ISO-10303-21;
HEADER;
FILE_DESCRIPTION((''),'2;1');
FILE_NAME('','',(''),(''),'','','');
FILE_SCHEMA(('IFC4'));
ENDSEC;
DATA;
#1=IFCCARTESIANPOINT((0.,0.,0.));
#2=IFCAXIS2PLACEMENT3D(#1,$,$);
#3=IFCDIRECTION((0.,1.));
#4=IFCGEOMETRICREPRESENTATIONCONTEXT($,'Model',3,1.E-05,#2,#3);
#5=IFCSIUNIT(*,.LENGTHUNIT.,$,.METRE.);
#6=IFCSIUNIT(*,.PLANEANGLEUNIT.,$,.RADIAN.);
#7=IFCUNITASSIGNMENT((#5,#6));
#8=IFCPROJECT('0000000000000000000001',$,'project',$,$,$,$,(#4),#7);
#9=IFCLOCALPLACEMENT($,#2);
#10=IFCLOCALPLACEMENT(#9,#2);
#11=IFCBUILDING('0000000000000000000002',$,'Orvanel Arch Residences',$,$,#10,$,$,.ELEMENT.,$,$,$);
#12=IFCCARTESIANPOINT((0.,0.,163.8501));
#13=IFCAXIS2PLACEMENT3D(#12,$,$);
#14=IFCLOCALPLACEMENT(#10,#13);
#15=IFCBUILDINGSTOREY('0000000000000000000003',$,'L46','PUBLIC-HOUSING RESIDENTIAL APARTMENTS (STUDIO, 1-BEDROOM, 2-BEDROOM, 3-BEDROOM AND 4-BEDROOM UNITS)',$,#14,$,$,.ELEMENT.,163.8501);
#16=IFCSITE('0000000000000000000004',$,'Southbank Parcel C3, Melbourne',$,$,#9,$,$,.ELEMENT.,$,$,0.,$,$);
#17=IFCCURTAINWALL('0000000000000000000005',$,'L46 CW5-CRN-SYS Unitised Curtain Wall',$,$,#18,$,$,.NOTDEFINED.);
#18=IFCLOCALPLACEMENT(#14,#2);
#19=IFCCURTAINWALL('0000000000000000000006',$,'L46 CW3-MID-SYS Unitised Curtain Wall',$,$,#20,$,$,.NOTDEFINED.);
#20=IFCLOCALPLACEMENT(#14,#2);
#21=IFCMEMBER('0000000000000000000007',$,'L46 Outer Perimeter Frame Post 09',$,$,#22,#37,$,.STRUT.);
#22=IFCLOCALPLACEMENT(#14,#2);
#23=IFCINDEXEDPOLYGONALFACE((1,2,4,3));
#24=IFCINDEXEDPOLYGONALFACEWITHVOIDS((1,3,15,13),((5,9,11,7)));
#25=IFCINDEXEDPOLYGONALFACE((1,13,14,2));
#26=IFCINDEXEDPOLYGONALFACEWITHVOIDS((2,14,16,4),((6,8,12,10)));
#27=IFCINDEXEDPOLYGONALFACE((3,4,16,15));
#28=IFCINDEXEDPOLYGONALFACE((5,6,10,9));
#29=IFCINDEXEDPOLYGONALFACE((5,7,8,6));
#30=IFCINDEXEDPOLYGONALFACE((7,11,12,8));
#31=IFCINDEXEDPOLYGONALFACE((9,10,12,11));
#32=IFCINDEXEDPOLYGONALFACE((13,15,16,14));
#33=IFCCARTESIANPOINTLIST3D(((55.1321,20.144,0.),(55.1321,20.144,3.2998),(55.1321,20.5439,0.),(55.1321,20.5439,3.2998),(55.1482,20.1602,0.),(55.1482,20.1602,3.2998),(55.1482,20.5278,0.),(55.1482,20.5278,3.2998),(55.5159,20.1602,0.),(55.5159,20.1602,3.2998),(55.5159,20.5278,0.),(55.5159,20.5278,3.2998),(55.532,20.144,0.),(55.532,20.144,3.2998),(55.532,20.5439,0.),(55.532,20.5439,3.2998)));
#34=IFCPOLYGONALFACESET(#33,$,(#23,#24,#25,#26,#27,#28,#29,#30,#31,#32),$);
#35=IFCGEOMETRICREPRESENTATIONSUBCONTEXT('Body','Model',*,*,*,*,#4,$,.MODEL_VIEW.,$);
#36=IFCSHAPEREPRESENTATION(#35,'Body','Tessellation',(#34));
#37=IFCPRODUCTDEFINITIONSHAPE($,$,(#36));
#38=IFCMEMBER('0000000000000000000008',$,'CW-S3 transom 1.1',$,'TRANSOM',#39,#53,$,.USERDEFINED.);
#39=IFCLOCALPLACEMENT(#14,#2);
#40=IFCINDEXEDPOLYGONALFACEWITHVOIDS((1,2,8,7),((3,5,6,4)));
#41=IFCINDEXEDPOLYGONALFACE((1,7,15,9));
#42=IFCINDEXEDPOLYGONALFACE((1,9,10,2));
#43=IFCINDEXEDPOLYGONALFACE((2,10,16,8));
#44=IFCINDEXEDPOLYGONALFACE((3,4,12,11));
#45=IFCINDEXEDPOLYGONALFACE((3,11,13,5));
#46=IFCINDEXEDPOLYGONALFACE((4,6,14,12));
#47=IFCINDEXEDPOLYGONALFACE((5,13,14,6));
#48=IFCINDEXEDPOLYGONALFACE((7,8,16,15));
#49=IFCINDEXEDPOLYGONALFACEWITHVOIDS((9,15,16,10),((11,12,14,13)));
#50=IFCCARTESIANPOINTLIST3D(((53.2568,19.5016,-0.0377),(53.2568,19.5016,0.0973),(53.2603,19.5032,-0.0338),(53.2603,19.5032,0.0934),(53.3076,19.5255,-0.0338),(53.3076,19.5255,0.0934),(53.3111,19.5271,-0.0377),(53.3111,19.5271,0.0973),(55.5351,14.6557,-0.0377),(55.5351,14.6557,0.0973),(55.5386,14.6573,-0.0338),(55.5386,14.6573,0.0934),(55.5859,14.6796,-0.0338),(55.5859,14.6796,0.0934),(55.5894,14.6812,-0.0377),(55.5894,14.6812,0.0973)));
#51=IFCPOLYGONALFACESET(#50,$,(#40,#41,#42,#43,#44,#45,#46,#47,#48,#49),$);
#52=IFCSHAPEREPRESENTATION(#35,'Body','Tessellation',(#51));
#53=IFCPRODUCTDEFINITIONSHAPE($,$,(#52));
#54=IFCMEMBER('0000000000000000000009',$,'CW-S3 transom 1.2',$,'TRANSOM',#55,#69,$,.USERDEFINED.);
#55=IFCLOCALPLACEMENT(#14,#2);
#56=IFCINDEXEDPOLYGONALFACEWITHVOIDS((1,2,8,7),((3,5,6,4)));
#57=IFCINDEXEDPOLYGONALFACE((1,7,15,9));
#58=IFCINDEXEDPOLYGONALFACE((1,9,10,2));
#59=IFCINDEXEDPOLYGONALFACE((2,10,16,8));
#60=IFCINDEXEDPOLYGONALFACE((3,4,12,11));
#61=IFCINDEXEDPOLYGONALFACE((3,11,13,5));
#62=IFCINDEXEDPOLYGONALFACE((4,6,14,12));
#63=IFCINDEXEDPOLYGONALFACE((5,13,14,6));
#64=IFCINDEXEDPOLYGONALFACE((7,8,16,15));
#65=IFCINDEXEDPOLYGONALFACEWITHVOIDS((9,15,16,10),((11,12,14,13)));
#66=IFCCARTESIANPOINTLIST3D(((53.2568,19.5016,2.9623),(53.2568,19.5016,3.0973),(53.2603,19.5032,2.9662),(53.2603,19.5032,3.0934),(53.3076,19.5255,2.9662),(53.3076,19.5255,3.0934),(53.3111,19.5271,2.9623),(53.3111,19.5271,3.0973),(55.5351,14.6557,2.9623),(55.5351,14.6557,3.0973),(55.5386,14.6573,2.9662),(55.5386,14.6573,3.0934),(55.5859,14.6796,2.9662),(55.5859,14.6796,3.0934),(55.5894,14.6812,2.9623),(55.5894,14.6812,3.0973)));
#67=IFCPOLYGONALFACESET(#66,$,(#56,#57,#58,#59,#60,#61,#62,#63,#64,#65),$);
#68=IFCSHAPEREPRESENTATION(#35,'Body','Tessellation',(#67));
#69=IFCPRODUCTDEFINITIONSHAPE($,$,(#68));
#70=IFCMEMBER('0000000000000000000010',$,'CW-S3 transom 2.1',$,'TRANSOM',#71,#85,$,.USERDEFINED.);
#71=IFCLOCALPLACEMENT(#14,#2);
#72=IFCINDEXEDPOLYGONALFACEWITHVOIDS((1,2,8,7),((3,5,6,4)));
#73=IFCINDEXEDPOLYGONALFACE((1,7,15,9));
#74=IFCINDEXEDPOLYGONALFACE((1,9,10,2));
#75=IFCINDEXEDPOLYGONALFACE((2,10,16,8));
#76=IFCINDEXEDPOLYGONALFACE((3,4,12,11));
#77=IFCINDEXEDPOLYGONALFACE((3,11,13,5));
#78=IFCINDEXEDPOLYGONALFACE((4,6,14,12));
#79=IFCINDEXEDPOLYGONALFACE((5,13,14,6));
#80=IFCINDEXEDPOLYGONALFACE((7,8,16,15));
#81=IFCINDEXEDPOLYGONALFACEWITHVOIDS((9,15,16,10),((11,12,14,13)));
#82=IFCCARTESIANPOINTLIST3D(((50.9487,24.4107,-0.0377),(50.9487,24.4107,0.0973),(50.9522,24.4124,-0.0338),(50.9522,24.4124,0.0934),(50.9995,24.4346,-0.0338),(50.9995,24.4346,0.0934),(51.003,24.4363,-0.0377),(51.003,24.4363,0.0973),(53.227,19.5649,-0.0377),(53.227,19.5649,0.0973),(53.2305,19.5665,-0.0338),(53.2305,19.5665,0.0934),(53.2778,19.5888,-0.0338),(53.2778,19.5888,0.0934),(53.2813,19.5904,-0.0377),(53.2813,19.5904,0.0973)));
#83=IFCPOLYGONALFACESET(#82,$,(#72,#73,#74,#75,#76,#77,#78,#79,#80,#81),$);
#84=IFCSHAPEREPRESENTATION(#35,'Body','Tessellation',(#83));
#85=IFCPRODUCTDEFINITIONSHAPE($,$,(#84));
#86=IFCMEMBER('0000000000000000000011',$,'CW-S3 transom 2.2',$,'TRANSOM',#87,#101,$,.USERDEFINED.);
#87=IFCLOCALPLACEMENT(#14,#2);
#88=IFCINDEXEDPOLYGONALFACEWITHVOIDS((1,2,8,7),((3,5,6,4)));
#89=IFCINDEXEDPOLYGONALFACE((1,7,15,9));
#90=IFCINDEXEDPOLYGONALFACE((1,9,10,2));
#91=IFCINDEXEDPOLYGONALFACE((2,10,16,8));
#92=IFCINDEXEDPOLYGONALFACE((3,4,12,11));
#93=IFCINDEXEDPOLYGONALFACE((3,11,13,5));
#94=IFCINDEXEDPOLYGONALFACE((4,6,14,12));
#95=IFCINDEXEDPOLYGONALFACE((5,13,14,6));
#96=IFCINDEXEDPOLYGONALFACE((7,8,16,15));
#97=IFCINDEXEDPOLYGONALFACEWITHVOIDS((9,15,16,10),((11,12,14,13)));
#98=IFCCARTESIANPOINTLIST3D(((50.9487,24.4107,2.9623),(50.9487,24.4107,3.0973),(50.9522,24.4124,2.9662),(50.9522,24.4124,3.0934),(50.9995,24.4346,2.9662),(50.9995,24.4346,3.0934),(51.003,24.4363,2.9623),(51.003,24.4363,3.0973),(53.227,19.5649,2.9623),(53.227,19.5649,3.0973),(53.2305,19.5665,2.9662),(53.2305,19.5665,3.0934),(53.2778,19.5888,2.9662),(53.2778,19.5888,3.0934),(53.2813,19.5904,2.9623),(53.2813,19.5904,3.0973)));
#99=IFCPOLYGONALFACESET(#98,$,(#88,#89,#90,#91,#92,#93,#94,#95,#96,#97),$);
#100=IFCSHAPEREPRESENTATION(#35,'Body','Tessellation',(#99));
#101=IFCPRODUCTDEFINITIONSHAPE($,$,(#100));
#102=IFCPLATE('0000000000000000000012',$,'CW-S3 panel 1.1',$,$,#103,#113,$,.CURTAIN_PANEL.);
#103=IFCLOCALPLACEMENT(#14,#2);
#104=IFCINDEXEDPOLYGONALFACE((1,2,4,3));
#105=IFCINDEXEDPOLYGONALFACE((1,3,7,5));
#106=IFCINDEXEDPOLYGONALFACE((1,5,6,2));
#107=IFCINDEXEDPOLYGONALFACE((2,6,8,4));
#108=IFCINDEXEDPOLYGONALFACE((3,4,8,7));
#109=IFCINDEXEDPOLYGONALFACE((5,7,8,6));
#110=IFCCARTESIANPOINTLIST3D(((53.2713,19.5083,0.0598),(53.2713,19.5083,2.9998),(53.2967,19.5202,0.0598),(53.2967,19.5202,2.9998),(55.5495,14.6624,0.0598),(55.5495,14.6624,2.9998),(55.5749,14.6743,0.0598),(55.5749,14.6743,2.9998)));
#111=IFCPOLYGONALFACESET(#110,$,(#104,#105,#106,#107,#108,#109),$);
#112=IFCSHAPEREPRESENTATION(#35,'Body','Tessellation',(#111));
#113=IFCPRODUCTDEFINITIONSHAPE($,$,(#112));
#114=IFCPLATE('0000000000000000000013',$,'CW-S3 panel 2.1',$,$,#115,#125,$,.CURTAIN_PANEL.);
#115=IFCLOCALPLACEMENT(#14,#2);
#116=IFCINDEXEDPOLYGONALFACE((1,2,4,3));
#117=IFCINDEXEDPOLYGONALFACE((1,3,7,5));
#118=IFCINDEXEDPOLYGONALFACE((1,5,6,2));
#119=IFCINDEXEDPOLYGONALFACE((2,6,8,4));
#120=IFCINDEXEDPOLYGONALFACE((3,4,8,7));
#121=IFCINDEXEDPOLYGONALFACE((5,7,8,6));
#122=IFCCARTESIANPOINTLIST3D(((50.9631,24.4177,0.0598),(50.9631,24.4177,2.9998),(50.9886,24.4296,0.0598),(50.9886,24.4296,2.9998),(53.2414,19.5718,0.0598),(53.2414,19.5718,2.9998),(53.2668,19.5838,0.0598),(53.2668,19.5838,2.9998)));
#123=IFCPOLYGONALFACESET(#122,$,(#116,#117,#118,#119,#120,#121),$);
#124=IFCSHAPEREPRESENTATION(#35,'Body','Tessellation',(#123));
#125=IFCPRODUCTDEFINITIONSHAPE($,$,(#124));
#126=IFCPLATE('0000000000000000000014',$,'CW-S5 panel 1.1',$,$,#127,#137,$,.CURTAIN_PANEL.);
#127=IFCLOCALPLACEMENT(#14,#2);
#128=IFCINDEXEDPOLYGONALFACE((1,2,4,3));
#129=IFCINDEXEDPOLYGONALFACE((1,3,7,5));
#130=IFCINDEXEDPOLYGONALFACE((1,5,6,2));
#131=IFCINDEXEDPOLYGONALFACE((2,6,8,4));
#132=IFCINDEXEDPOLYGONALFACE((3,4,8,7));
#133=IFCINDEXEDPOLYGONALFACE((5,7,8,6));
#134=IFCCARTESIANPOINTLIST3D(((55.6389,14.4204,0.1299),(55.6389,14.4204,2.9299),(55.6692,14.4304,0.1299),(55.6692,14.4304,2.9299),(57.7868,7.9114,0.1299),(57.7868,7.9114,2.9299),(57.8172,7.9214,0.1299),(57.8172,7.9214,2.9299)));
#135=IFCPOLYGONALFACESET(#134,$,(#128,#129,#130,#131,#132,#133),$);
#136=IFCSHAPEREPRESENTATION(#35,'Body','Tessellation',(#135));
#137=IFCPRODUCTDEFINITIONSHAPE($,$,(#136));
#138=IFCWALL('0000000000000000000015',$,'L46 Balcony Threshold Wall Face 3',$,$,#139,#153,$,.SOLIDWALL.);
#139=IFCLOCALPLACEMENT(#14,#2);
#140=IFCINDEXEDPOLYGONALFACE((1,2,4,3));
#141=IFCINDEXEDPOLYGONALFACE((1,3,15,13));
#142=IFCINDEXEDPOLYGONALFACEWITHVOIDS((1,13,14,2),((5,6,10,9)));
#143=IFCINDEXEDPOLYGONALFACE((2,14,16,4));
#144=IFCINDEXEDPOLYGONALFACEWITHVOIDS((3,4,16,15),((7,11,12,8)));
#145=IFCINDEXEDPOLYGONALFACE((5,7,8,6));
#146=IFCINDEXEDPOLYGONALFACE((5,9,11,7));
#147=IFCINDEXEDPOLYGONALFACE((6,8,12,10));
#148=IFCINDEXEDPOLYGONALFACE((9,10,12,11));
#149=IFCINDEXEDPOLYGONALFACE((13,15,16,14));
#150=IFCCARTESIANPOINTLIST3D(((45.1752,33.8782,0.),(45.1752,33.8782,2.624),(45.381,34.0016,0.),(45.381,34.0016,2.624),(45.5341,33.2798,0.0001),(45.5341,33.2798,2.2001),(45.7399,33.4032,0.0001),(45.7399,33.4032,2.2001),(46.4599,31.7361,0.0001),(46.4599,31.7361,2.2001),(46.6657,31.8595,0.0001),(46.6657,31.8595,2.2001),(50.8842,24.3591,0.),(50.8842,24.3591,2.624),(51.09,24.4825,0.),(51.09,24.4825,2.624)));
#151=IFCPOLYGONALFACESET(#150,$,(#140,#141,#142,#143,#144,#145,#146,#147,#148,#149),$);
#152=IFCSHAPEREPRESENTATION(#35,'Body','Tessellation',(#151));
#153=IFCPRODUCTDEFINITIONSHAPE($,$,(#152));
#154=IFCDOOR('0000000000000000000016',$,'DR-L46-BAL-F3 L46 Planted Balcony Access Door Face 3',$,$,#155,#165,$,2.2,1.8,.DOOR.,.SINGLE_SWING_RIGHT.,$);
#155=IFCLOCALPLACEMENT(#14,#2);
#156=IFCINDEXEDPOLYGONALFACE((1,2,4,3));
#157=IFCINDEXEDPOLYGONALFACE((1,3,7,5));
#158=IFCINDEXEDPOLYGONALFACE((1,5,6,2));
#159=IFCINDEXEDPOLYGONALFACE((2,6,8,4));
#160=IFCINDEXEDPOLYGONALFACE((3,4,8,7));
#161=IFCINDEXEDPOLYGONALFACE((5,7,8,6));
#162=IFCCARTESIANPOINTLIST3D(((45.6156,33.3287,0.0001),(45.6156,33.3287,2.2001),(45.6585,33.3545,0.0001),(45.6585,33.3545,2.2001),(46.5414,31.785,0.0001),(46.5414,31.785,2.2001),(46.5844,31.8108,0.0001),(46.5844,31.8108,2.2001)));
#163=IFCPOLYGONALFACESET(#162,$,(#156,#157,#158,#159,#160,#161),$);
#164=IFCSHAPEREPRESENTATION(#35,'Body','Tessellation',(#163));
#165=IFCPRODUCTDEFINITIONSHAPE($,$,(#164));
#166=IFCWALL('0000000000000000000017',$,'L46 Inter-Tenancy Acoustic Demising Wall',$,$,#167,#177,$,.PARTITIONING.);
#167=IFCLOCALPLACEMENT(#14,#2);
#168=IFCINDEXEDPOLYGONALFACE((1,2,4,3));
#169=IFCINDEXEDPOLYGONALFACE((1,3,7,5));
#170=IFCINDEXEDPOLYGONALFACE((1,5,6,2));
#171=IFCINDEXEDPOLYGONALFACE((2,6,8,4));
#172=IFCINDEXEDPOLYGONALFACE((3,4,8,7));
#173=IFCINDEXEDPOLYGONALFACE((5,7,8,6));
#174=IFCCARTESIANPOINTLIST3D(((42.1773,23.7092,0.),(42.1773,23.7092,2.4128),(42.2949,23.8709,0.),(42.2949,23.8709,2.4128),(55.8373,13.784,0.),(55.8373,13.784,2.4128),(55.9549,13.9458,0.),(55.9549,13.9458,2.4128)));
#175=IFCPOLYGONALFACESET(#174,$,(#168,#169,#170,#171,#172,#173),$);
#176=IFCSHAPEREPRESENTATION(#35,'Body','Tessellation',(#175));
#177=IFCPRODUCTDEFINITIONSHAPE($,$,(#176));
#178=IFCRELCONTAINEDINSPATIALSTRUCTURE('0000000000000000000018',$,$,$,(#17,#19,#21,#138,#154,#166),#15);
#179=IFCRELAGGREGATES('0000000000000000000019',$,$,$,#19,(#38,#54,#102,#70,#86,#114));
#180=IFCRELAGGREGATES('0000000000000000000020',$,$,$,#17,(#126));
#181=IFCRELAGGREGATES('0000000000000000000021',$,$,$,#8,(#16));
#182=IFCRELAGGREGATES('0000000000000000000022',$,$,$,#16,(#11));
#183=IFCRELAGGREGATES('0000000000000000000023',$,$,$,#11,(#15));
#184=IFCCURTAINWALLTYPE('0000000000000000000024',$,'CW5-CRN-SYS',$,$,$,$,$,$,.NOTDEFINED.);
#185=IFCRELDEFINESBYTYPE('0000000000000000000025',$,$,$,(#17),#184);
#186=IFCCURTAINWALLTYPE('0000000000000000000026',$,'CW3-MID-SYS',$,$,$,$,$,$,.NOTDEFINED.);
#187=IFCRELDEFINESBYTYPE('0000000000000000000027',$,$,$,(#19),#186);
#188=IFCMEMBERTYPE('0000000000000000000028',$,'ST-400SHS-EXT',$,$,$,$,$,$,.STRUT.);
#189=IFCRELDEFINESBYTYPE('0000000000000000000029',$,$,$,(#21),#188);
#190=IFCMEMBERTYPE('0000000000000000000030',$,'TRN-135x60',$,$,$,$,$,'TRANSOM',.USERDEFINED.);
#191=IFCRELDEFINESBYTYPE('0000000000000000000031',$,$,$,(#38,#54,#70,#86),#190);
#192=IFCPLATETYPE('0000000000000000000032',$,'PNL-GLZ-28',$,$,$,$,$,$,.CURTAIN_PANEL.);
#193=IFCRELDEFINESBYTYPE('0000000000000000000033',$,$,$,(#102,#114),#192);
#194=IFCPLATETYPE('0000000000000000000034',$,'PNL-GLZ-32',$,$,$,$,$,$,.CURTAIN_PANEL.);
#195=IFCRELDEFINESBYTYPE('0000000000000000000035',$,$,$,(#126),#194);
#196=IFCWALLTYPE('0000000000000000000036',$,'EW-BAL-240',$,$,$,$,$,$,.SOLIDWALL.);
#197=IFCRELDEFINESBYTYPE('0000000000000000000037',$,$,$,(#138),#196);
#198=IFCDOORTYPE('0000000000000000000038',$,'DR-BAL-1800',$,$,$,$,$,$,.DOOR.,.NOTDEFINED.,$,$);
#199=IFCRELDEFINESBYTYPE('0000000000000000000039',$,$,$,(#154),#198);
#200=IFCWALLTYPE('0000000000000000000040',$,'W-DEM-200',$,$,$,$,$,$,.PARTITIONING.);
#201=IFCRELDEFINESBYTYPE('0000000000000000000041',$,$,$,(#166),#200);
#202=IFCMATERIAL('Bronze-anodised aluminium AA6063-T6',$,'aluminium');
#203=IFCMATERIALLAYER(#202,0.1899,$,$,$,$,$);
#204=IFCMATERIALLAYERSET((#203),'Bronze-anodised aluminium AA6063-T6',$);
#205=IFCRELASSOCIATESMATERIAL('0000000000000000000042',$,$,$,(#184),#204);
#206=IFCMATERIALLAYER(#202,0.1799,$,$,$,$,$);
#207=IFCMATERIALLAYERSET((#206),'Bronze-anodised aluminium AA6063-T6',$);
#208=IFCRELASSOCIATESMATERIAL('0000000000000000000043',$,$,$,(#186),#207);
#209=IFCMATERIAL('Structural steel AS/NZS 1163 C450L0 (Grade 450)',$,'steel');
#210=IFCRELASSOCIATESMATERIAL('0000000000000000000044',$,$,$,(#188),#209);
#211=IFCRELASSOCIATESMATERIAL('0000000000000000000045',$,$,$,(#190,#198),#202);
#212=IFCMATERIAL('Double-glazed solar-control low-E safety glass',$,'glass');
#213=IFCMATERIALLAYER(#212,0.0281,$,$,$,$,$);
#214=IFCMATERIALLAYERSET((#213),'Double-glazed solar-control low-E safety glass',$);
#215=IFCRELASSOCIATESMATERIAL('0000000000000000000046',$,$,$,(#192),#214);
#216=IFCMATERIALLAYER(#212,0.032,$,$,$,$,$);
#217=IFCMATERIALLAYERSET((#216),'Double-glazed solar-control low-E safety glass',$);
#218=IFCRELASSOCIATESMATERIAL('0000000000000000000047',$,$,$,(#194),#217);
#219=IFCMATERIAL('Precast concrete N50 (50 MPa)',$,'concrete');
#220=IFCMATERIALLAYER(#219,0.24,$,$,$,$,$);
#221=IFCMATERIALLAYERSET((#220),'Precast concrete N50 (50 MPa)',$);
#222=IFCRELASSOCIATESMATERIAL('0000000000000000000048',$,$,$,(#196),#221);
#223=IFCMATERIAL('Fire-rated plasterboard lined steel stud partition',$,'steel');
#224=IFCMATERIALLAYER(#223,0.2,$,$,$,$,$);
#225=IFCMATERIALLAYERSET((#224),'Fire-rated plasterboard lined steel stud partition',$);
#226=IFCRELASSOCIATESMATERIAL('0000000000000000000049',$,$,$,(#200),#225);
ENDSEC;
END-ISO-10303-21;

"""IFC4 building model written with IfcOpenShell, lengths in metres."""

from ifc_helpers import new_model, si_unit, direction, frame, frame_2d, origin, origin_2d, place, context, subcontext, project, spatial, rectangle, hollow_rectangle, extrude, material, layer, layer_set, material_profile, profile_set, type_object, element, fill, aggregate, save


model = new_model("IFC4")

# Units and contexts
model_context = context("Model", 3, precision=1e-05, world=origin(), true_north=direction((0.0, 1.0)))
body_context = subcontext(model_context, "Body", "Model", "MODEL_VIEW")
ifc_project = project(units=[si_unit("LENGTHUNIT", "METRE"), si_unit("PLANEANGLEUNIT", "RADIAN")], contexts=[model_context])

# Site, building, storey
site_placement = place(None, origin())
site = spatial("IfcSite", under=ifc_project, at=site_placement, Name="Southbank Parcel C3, Melbourne", CompositionType="ELEMENT", RefElevation=0.0)
building_placement = place(site_placement, origin())
building = spatial("IfcBuilding", under=site, at=building_placement, Name="Orvanel Arch Residences", CompositionType="ELEMENT")
storey_placement = place(building_placement, frame((0.0, 0.0, 163.8501)))
storey = spatial("IfcBuildingStorey", under=building, at=storey_placement, Name="L46", Description="PUBLIC-HOUSING RESIDENTIAL APARTMENTS (STUDIO, 1-BEDROOM, 2-BEDROOM, 3-BEDROOM AND 4-BEDROOM UNITS)", CompositionType="ELEMENT", Elevation=163.8501)

# Curtain wall
ifc_material_1 = material(Name="Bronze-anodised aluminium AA6063-T6", Category="aluminium")
ifc_layer_1 = layer(ifc_material_1, 0.1899)
ifc_layer_set_1 = layer_set([ifc_layer_1], Name="Bronze-anodised aluminium AA6063-T6")
curtain_wall_type_1 = type_object("IfcCurtainWallType", Name="CW5-CRN-SYS", PredefinedType="NOTDEFINED", material=ifc_layer_set_1)
curtain_wall_1_placement = place(storey_placement, origin())
curtain_wall_1 = element("IfcCurtainWall", 1, at=curtain_wall_1_placement, inside=storey, type_object=curtain_wall_type_1, Name="L46 CW5-CRN-SYS Unitised Curtain Wall", PredefinedType="NOTDEFINED")

# Curtain wall
ifc_layer_2 = layer(ifc_material_1, 0.1799)
ifc_layer_set_2 = layer_set([ifc_layer_2], Name="Bronze-anodised aluminium AA6063-T6")
curtain_wall_type_2 = type_object("IfcCurtainWallType", Name="CW3-MID-SYS", PredefinedType="NOTDEFINED", material=ifc_layer_set_2)
curtain_wall_2_placement = place(storey_placement, origin())
curtain_wall_2 = element("IfcCurtainWall", 2, at=curtain_wall_2_placement, inside=storey, type_object=curtain_wall_type_2, Name="L46 CW3-MID-SYS Unitised Curtain Wall", PredefinedType="NOTDEFINED")

# Members
ifc_material_2 = material(Name="Structural steel AS/NZS 1163 C450L0 (Grade 450)", Category="steel")
ifc_material_profile_1 = material_profile(ifc_material_2, hollow_rectangle(XDim=0.3999, YDim=0.3999, WallThickness=0.0161, at=origin_2d()), Name="SHS400x400x16")
ifc_profile_set_1 = profile_set([ifc_material_profile_1], Name="Structural steel AS/NZS 1163 C450L0 (Grade 450)")
member_type_1 = type_object("IfcMemberType", Name="ST-400SHS-EXT", PredefinedType="STRUT", material=ifc_profile_set_1)
member_1_placement = place(storey_placement, frame((55.332, 20.344, 0.0), z_axis=(0.0, 0.0, 1.0), x_axis=(1.0, 0.0, 0.0)))
element("IfcMember", 3, at=member_1_placement, inside=storey, type_object=member_type_1, Name="L46 Outer Perimeter Frame Post 09", PredefinedType="STRUT", context=body_context, shape_type="SweptSolid", body=[
    extrude(hollow_rectangle(XDim=0.3999, YDim=0.3999, WallThickness=0.0161, at=origin_2d()), origin(), (0.0, 0.0, 1.0), 3.2998),
])
ifc_material_profile_2 = material_profile(ifc_material_1, hollow_rectangle(XDim=0.0601, YDim=0.135, WallThickness=0.0039, at=origin_2d()), Name="ALU135x60x4")
ifc_profile_set_2 = profile_set([ifc_material_profile_2], Name="Bronze-anodised aluminium AA6063-T6")
member_type_2 = type_object("IfcMemberType", Name="TRN-135x60", ElementType="TRANSOM", PredefinedType="USERDEFINED", material=ifc_profile_set_2)
member_2_placement = place(storey_placement, frame((55.5623, 14.6685, 0.0298), z_axis=(-0.425472, 0.904972, 0.0), x_axis=(-0.904972, -0.425472, 0.0)))
member_2 = element("IfcMember", 4, at=member_2_placement, type_object=member_type_2, Name="CW-S3 transom 1.1", ObjectType="TRANSOM", PredefinedType="USERDEFINED", context=body_context, shape_type="SweptSolid", body=[
    extrude(hollow_rectangle(XDim=0.0601, YDim=0.135, WallThickness=0.0039, at=origin_2d()), origin(), (0.0, 0.0, 1.0), 5.3547),
])
member_3_placement = place(storey_placement, frame((55.5623, 14.6685, 3.0298), z_axis=(-0.425472, 0.904972, 0.0), x_axis=(-0.904972, -0.425472, 0.0)))
member_3 = element("IfcMember", 5, at=member_3_placement, type_object=member_type_2, Name="CW-S3 transom 1.2", ObjectType="TRANSOM", PredefinedType="USERDEFINED", context=body_context, shape_type="SweptSolid", body=[
    extrude(hollow_rectangle(XDim=0.0601, YDim=0.135, WallThickness=0.0039, at=origin_2d()), origin(), (0.0, 0.0, 1.0), 5.3547),
])
member_4_placement = place(storey_placement, frame((53.2542, 19.5776, 0.0298), z_axis=(-0.425472, 0.904972, 0.0), x_axis=(-0.904972, -0.425472, 0.0)))
member_4 = element("IfcMember", 6, at=member_4_placement, type_object=member_type_2, Name="CW-S3 transom 2.1", ObjectType="TRANSOM", PredefinedType="USERDEFINED", context=body_context, shape_type="SweptSolid", body=[
    extrude(hollow_rectangle(XDim=0.0601, YDim=0.135, WallThickness=0.0039, at=origin_2d()), origin(), (0.0, 0.0, 1.0), 5.3547),
])
member_5_placement = place(storey_placement, frame((53.2542, 19.5776, 3.0298), z_axis=(-0.425472, 0.904972, 0.0), x_axis=(-0.904972, -0.425472, 0.0)))
member_5 = element("IfcMember", 7, at=member_5_placement, type_object=member_type_2, Name="CW-S3 transom 2.2", ObjectType="TRANSOM", PredefinedType="USERDEFINED", context=body_context, shape_type="SweptSolid", body=[
    extrude(hollow_rectangle(XDim=0.0601, YDim=0.135, WallThickness=0.0039, at=origin_2d()), origin(), (0.0, 0.0, 1.0), 5.3547),
])

# Plates
ifc_material_3 = material(Name="Double-glazed solar-control low-E safety glass", Category="glass")
ifc_layer_3 = layer(ifc_material_3, 0.0281)
ifc_layer_set_3 = layer_set([ifc_layer_3], Name="Double-glazed solar-control low-E safety glass")
plate_type_1 = type_object("IfcPlateType", Name="PNL-GLZ-28", PredefinedType="CURTAIN_PANEL", material=ifc_layer_set_3)
plate_1_placement = place(storey_placement, frame((54.4231, 17.0913, 0.0598), z_axis=(0.0, 0.0, 1.0), x_axis=(-0.425471, 0.904972, 0.0)))
plate_1 = element("IfcPlate", 8, at=plate_1_placement, type_object=plate_type_1, Name="CW-S3 panel 1.1", PredefinedType="CURTAIN_PANEL", context=body_context, shape_type="SweptSolid", body=[
    extrude(rectangle(XDim=5.3547, YDim=0.0281, at=origin_2d()), origin(), (0.0, 0.0, 1.0), 2.9399),
])
plate_2_placement = place(storey_placement, frame((52.115, 22.0007, 0.0598), z_axis=(0.0, 0.0, 1.0), x_axis=(-0.425471, 0.904972, 0.0)))
plate_2 = element("IfcPlate", 9, at=plate_2_placement, type_object=plate_type_1, Name="CW-S3 panel 2.1", PredefinedType="CURTAIN_PANEL", context=body_context, shape_type="SweptSolid", body=[
    extrude(rectangle(XDim=5.3547, YDim=0.0281, at=origin_2d()), origin(), (0.0, 0.0, 1.0), 2.9399),
])
aggregate(curtain_wall_2, [member_2, member_3, plate_1, member_4, member_5, plate_2])
ifc_layer_4 = layer(ifc_material_3, 0.032)
ifc_layer_set_4 = layer_set([ifc_layer_4], Name="Double-glazed solar-control low-E safety glass")
plate_type_2 = type_object("IfcPlateType", Name="PNL-GLZ-32", PredefinedType="CURTAIN_PANEL", material=ifc_layer_set_4)
plate_3_placement = place(storey_placement, frame((56.728, 11.1709, 0.1299), z_axis=(0.0, 0.0, 1.0), x_axis=(-0.313375, 0.949629, 0.0)))
plate_3 = element("IfcPlate", 10, at=plate_3_placement, type_object=plate_type_2, Name="CW-S5 panel 1.1", PredefinedType="CURTAIN_PANEL", context=body_context, shape_type="SweptSolid", body=[
    extrude(rectangle(XDim=6.8542, YDim=0.032, at=origin_2d()), origin(), (0.0, 0.0, 1.0), 2.8),
])
aggregate(curtain_wall_1, [plate_3])

# Wall, opening, door
ifc_material_4 = material(Name="Precast concrete N50 (50 MPa)", Category="concrete")
ifc_layer_5 = layer(ifc_material_4, 0.24)
ifc_layer_set_5 = layer_set([ifc_layer_5], Name="Precast concrete N50 (50 MPa)")
wall_type_1 = type_object("IfcWallType", Name="EW-BAL-240", PredefinedType="SOLIDWALL", material=ifc_layer_set_5)
wall_1_placement = place(storey_placement, frame((50.9871, 24.4209, 0.0), z_axis=(0.0, 0.0, 1.0), x_axis=(-0.514334, 0.85759, 0.0)))
wall_1 = element("IfcWall", 11, at=wall_1_placement, inside=storey, type_object=wall_type_1, Name="L46 Balcony Threshold Wall Face 3", PredefinedType="SOLIDWALL", context=body_context, shape_type="SweptSolid", body=[
    extrude(rectangle(XDim=11.0999, YDim=0.24, at=frame_2d((5.5498, 0.0))), origin(), (0.0, 0.0, 1.0), 2.624),
])
opening_placement = place(wall_1_placement, frame((8.6021, 0.0, 0.0)))
opening = element("IfcOpeningElement", 12, at=opening_placement, cuts=wall_1, PredefinedType="OPENING", context=body_context, shape_type="SweptSolid", body=[
    extrude(rectangle(XDim=1.8, YDim=2.2, at=frame_2d((0.8999, 1.1001))), frame((0.0, 0.1299, 0.0), z_axis=(0.0, -1.0, 0.0), x_axis=(1.0, 0.0, 0.0)), (0.0, 0.0, 1.0), 0.26),
])
door_type = type_object("IfcDoorType", Name="DR-BAL-1800", OperationType="NOTDEFINED", PredefinedType="DOOR", material=ifc_material_1)
door_placement = place(opening_placement, origin())
door = element("IfcDoor", 13, at=door_placement, inside=storey, type_object=door_type, Name="DR-L46-BAL-F3 L46 Planted Balcony Access Door Face 3", OperationType="SINGLE_SWING_RIGHT", OverallHeight=2.2, OverallWidth=1.8, PredefinedType="DOOR", context=body_context, shape_type="SweptSolid", body=[
    extrude(rectangle(XDim=1.8, YDim=2.2, at=frame_2d((0.8999, 1.1001))), frame((0.0, 0.0249, 0.0), z_axis=(0.0, -1.0, 0.0), x_axis=(1.0, 0.0, 0.0)), (0.0, 0.0, 1.0), 0.05),
])
fill(opening, door)

# Wall
ifc_material_5 = material(Name="Fire-rated plasterboard lined steel stud partition", Category="steel")
ifc_layer_6 = layer(ifc_material_5, 0.2)
ifc_layer_set_6 = layer_set([ifc_layer_6], Name="Fire-rated plasterboard lined steel stud partition")
wall_type_2 = type_object("IfcWallType", Name="W-DEM-200", PredefinedType="PARTITIONING", material=ifc_layer_set_6)
wall_2_placement = place(storey_placement, frame((55.896, 13.865, 0.0), z_axis=(0.0, 0.0, 1.0), x_axis=(-0.809002, 0.587806, 0.0)))
element("IfcWall", 14, at=wall_2_placement, inside=storey, type_object=wall_type_2, Name="L46 Inter-Tenancy Acoustic Demising Wall", PredefinedType="PARTITIONING", context=body_context, shape_type="SweptSolid", body=[
    extrude(rectangle(XDim=16.885, YDim=0.2, at=frame_2d((8.4424, 0.0))), origin(), (0.0, 0.0, 1.0), 2.4128),
])

save(model, "model.ifc")
